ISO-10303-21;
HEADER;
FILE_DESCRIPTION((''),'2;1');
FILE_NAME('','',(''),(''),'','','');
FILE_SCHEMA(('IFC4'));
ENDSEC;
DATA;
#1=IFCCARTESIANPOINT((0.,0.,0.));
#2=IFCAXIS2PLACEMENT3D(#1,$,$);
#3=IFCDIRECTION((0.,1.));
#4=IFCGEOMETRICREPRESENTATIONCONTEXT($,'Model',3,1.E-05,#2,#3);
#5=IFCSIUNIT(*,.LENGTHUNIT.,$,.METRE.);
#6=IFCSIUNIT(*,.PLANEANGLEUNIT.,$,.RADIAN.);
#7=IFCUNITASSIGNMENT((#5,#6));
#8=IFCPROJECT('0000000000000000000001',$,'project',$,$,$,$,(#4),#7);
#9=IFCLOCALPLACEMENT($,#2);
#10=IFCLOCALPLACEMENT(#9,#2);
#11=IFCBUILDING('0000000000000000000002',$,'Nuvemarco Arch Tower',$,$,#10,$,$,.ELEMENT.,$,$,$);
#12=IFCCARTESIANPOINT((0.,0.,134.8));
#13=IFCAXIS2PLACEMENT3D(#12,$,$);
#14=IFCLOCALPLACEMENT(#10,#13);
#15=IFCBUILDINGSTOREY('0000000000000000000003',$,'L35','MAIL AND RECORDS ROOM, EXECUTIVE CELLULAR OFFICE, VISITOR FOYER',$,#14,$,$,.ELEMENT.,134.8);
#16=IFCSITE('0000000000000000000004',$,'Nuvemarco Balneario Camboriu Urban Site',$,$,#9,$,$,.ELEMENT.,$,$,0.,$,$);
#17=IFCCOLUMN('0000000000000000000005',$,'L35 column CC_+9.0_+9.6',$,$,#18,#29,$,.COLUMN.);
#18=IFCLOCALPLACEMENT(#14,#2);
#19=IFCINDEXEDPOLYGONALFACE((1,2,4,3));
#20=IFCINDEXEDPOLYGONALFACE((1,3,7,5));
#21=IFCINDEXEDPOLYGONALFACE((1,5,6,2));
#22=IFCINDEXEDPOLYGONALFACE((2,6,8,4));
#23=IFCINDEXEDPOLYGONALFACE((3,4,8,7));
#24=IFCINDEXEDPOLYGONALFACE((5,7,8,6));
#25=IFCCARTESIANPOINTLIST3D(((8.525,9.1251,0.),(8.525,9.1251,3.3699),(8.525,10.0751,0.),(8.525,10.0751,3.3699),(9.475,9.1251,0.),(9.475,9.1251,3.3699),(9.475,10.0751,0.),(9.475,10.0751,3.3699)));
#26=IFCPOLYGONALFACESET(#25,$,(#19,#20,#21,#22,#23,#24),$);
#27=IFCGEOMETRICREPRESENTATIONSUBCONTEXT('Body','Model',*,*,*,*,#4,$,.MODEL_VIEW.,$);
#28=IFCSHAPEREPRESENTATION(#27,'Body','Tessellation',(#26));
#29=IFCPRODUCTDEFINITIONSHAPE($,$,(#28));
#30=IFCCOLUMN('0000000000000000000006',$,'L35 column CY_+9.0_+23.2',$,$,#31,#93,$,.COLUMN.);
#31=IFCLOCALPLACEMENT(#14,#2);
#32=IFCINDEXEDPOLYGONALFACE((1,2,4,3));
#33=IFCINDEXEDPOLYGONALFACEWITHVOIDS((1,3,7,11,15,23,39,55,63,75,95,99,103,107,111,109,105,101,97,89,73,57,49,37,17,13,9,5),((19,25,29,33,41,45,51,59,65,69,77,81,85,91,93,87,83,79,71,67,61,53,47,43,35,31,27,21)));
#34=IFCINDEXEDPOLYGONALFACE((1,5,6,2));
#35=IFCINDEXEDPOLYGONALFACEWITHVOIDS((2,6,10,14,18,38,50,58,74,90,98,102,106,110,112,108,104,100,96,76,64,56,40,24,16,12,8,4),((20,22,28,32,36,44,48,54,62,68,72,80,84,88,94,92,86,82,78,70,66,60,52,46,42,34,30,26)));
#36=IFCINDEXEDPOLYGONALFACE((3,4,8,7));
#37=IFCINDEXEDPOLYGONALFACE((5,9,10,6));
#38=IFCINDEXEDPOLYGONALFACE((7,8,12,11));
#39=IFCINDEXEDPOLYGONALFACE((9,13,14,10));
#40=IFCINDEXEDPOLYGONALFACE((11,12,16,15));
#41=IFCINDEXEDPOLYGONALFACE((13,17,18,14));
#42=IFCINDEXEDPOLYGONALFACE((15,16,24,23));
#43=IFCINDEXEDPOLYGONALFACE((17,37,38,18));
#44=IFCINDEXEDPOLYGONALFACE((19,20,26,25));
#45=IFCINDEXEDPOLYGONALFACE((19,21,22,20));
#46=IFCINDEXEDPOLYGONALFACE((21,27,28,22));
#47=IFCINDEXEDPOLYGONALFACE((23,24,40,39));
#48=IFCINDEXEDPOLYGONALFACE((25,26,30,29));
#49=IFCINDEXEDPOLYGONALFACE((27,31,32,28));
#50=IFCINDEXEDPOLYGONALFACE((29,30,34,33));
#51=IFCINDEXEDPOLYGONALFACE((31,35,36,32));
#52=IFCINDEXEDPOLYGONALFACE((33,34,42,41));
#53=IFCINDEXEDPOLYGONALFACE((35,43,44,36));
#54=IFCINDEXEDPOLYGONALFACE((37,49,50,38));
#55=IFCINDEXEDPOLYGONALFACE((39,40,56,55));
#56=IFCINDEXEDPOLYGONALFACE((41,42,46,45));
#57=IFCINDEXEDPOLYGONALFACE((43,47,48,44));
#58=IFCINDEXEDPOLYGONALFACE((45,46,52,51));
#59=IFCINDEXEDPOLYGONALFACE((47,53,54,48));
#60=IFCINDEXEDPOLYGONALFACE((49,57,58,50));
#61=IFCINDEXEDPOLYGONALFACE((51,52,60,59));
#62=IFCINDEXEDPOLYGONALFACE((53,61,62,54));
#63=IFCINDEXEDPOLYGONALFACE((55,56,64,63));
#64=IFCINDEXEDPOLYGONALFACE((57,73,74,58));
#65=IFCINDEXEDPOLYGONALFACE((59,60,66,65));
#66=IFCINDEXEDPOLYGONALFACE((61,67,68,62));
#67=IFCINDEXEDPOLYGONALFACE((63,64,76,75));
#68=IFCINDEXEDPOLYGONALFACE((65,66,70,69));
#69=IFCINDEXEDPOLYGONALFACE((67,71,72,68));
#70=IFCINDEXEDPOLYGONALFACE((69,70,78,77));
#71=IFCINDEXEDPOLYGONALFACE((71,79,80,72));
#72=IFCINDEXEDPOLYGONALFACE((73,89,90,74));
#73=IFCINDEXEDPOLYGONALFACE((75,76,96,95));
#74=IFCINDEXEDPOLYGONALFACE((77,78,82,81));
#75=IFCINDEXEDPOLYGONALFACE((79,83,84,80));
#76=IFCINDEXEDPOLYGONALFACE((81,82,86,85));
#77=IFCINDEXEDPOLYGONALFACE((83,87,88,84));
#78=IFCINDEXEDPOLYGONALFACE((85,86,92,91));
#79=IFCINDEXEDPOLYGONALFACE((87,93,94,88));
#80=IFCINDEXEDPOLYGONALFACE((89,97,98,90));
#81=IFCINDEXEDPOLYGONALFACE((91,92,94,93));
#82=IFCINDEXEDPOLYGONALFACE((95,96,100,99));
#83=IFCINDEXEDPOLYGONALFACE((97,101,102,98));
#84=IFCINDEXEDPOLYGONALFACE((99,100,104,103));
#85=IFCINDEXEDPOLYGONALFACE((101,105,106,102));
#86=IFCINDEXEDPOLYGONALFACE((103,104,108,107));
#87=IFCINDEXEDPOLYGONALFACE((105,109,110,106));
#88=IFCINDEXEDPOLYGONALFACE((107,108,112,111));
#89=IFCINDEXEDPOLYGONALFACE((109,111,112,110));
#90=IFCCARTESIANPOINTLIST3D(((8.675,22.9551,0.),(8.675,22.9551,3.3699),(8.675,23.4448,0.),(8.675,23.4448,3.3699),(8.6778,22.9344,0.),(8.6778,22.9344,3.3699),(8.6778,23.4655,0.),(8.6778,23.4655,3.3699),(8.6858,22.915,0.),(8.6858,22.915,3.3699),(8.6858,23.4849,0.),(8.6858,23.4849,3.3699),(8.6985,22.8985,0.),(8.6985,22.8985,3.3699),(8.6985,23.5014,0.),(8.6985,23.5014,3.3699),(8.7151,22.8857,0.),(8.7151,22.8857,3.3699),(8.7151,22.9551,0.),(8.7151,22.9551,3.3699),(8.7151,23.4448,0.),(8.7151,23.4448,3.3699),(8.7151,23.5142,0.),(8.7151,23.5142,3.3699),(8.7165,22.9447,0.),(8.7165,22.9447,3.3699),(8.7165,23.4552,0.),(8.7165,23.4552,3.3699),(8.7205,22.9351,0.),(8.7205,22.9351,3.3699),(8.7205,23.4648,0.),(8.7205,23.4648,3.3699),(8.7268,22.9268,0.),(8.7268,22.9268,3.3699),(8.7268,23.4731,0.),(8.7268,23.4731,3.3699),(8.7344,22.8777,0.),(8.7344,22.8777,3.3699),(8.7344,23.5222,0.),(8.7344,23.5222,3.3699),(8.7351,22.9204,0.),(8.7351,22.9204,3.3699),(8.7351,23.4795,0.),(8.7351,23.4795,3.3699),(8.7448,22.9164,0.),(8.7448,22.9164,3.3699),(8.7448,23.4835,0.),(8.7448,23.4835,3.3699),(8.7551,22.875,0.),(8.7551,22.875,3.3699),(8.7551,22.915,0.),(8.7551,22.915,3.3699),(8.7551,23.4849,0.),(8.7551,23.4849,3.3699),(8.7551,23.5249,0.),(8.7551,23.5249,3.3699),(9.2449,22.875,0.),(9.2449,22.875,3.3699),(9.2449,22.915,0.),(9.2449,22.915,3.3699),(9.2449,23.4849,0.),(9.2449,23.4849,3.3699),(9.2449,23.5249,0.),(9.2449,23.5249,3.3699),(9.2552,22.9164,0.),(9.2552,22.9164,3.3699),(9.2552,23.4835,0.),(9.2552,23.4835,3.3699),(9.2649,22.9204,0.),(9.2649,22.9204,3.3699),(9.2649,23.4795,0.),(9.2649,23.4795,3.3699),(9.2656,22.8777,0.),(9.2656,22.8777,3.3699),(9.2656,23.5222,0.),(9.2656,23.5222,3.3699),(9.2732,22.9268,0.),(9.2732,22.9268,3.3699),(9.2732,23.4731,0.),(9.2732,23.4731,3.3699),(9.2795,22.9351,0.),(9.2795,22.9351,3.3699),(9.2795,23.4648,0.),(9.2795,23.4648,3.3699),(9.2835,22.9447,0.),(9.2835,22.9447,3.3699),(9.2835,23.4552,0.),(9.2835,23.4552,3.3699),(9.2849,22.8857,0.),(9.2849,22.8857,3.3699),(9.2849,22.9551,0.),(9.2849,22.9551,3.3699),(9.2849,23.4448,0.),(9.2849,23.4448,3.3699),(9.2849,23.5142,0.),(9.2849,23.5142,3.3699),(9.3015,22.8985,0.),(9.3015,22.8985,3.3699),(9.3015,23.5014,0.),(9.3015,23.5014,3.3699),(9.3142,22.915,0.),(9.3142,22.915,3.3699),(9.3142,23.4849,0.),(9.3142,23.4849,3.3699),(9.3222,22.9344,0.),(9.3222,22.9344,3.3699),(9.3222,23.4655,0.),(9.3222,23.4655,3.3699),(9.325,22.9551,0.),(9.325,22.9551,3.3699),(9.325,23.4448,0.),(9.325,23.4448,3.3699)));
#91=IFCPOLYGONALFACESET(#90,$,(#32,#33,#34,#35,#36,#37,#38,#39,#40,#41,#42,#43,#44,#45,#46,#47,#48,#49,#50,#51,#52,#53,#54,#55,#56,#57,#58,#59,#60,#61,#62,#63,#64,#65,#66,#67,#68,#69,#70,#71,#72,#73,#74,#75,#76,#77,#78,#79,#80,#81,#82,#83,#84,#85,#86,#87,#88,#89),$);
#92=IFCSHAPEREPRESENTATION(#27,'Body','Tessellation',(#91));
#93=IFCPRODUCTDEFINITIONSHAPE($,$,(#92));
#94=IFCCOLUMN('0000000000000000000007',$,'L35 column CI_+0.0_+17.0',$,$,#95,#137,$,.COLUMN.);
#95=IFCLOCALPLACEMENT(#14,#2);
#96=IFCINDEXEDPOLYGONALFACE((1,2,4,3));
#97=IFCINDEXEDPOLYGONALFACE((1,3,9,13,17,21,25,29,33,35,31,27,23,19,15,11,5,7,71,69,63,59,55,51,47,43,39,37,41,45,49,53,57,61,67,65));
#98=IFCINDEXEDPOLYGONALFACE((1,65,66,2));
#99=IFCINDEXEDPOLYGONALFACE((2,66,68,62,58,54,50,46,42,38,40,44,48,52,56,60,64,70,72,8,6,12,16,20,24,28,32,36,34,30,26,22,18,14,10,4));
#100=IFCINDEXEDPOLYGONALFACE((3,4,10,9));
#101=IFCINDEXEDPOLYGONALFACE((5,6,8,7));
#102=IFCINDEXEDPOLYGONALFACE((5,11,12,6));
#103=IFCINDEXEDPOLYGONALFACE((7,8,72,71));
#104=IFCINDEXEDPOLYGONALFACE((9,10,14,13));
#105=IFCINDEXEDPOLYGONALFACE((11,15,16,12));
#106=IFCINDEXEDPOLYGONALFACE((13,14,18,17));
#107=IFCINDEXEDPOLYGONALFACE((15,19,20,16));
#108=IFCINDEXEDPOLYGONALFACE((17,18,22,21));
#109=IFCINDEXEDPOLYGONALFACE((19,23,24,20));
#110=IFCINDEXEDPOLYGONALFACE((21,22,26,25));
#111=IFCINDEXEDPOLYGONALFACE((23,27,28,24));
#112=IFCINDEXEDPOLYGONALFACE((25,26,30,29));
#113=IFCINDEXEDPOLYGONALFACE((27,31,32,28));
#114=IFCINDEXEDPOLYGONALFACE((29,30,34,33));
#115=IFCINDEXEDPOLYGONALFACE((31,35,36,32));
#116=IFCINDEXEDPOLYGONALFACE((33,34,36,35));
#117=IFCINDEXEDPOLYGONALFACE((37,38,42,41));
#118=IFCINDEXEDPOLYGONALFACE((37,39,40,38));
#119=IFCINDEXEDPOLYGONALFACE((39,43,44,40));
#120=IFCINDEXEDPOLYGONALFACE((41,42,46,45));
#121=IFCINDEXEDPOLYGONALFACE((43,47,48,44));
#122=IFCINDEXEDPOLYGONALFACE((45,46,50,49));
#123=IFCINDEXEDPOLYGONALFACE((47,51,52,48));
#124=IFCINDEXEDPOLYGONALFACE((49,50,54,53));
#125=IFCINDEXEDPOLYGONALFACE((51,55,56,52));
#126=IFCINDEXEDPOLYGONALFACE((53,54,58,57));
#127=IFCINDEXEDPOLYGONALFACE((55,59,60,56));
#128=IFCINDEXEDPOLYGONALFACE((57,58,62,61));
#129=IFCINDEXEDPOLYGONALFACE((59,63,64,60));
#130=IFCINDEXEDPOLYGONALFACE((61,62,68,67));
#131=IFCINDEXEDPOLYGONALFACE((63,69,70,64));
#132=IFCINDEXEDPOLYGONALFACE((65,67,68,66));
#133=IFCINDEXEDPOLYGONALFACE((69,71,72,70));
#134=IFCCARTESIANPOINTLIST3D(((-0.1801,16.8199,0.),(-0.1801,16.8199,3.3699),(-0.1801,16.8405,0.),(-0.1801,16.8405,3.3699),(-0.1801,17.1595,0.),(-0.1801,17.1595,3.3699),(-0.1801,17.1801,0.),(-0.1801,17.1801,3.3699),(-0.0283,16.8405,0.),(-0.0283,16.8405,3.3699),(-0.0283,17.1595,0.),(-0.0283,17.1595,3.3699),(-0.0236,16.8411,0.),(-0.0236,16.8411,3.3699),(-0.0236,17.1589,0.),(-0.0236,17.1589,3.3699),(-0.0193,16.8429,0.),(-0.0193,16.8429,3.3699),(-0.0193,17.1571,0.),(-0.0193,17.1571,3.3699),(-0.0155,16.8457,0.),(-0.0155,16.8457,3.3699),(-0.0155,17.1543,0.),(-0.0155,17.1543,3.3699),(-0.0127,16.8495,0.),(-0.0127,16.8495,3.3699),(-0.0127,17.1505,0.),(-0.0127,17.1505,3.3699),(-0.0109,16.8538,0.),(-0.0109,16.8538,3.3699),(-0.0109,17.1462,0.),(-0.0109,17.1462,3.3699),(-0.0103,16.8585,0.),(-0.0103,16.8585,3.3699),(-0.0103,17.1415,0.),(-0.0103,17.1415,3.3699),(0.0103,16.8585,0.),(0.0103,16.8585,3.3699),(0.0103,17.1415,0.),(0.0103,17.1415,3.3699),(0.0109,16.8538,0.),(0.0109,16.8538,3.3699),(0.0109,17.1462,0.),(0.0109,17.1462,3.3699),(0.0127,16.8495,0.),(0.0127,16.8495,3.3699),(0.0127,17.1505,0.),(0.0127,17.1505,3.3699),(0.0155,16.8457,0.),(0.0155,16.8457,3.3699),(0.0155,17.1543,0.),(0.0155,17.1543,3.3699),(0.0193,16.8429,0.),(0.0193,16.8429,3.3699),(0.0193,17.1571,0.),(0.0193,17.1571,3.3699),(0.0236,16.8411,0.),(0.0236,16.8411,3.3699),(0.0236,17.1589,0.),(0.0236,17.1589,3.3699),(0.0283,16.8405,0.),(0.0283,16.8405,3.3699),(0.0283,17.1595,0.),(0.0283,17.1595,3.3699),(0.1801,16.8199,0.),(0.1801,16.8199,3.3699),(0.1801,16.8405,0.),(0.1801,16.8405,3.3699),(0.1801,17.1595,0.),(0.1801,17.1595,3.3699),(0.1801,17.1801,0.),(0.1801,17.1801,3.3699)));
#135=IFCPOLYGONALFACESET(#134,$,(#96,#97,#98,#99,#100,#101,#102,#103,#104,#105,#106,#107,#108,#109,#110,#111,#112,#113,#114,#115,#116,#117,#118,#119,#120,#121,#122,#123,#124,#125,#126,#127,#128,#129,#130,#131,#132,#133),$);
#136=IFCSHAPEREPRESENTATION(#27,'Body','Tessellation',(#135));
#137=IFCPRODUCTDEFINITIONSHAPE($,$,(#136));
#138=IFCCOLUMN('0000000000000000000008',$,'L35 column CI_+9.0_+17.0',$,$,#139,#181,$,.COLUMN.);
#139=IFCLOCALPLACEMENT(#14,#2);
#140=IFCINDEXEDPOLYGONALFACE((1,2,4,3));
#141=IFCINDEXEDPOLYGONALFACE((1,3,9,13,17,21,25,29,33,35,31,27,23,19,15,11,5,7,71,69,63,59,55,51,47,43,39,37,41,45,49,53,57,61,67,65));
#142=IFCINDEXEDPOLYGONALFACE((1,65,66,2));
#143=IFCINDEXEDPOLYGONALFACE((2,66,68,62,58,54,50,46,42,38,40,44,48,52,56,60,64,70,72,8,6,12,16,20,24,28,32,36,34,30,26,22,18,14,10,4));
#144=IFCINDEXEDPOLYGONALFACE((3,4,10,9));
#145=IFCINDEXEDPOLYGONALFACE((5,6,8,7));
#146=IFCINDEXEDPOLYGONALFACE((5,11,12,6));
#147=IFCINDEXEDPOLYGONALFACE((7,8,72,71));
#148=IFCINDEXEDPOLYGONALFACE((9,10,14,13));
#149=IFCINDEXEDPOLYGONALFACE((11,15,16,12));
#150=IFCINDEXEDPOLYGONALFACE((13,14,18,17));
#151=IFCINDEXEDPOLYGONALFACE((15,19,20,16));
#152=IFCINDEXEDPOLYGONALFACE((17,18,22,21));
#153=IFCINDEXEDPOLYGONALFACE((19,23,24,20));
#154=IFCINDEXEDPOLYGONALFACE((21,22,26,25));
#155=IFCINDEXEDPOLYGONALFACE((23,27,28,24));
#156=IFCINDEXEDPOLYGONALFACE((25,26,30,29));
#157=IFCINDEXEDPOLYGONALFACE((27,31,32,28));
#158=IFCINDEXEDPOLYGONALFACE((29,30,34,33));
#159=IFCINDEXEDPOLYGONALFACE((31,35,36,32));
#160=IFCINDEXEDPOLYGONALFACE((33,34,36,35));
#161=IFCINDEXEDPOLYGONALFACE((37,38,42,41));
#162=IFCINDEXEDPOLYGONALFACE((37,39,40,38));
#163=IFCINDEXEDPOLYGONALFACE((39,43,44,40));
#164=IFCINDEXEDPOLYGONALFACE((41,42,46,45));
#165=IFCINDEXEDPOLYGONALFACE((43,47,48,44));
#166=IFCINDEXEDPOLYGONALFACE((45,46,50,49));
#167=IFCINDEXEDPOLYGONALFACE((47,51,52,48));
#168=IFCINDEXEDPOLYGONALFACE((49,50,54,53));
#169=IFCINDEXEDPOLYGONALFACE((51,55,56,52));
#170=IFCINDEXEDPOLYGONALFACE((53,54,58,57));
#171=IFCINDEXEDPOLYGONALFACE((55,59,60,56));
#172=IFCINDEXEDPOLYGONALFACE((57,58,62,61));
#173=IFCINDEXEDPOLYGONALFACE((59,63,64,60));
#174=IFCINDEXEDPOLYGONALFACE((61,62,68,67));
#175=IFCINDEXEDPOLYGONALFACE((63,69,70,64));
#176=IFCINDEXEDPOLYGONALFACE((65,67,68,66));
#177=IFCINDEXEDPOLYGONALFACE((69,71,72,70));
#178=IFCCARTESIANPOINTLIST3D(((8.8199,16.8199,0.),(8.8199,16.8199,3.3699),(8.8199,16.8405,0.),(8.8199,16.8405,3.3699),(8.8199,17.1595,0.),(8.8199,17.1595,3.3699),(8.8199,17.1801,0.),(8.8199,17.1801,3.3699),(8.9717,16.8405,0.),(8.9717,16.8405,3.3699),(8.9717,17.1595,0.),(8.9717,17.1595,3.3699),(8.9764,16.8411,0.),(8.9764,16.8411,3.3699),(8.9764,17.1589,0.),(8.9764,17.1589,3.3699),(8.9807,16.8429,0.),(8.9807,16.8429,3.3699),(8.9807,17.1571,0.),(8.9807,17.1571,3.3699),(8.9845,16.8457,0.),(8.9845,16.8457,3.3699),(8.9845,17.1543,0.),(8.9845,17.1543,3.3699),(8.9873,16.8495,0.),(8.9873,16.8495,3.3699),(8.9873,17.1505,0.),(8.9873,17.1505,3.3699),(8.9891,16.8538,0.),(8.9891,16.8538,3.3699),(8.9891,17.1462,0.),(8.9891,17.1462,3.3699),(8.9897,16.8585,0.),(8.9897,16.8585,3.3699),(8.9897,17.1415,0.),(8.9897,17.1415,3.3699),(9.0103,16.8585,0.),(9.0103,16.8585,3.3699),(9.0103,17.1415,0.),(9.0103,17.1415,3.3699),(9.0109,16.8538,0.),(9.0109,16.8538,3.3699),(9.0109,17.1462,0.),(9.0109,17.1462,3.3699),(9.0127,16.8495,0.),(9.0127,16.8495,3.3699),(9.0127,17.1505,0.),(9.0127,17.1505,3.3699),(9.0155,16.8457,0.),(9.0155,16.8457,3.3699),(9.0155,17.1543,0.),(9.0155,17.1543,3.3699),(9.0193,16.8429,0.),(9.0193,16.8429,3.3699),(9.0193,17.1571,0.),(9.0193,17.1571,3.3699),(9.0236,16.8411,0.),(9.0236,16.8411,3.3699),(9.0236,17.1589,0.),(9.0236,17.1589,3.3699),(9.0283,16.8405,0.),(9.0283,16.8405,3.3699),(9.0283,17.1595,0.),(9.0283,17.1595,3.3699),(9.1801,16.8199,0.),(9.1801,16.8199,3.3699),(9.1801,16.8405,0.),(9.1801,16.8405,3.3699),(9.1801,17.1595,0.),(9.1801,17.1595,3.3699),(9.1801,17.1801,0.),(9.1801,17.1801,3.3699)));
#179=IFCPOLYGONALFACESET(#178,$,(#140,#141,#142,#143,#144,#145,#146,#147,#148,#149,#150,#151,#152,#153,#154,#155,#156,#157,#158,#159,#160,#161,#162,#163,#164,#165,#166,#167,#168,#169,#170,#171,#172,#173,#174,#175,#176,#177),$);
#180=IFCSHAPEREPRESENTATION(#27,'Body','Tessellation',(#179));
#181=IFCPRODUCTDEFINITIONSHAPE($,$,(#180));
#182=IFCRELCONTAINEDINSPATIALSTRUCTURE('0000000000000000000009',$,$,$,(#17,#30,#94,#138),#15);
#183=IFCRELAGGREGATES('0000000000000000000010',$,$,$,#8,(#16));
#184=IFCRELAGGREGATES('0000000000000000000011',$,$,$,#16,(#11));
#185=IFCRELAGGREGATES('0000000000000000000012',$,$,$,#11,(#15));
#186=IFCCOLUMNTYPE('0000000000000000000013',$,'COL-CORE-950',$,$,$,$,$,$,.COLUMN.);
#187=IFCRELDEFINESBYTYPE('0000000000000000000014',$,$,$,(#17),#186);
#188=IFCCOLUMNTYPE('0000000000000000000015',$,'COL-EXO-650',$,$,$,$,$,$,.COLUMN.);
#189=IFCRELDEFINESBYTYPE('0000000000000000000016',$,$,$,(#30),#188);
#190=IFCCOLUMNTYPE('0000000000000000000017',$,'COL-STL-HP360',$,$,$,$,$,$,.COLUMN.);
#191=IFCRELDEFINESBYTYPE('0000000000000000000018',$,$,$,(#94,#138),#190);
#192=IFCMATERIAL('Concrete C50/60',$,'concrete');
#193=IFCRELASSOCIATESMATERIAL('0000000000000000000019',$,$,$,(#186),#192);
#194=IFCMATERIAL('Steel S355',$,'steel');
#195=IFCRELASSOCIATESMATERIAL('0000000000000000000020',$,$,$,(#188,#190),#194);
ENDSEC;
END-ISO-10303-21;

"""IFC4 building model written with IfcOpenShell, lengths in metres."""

from ifc_helpers import new_model, si_unit, direction, frame, origin, origin_2d, place, context, subcontext, project, spatial, rectangle, hollow_rectangle, i_section, extrude, material, material_profile, profile_set, type_object, element, save


model = new_model("IFC4")

# Units and contexts
model_context = context("Model", 3, precision=1e-05, world=origin(), true_north=direction((0.0, 1.0)))
body_context = subcontext(model_context, "Body", "Model", "MODEL_VIEW")
ifc_project = project(units=[si_unit("LENGTHUNIT", "METRE"), si_unit("PLANEANGLEUNIT", "RADIAN")], contexts=[model_context])

# Site, building, storey
site_placement = place(None, origin())
site = spatial("IfcSite", under=ifc_project, at=site_placement, Name="Nuvemarco Balneario Camboriu Urban Site", CompositionType="ELEMENT", RefElevation=0.0)
building_placement = place(site_placement, origin())
building = spatial("IfcBuilding", under=site, at=building_placement, Name="Nuvemarco Arch Tower", CompositionType="ELEMENT")
storey_placement = place(building_placement, frame((0.0, 0.0, 134.8)))
storey = spatial("IfcBuildingStorey", under=building, at=storey_placement, Name="L35", Description="MAIL AND RECORDS ROOM, EXECUTIVE CELLULAR OFFICE, VISITOR FOYER", CompositionType="ELEMENT", Elevation=134.8)

# Columns
ifc_material_1 = material(Name="Concrete C50/60", Category="concrete")
ifc_material_profile_1 = material_profile(ifc_material_1, rectangle(XDim=0.95, YDim=0.95, at=origin_2d()), Name="RC-COL-950x950")
ifc_profile_set_1 = profile_set([ifc_material_profile_1], Name="Concrete C50/60")
column_type_1 = type_object("IfcColumnType", Name="COL-CORE-950", PredefinedType="COLUMN", material=ifc_profile_set_1)
column_1_placement = place(storey_placement, frame((9.0, 9.6001, 0.0), z_axis=(0.0, 0.0, 1.0), x_axis=(1.0, 0.0, 0.0)))
element("IfcColumn", 1, at=column_1_placement, inside=storey, type_object=column_type_1, Name="L35 column CC_+9.0_+9.6", PredefinedType="COLUMN", context=body_context, shape_type="SweptSolid", body=[
    extrude(rectangle(XDim=0.95, YDim=0.95, at=origin_2d()), origin(), (0.0, 0.0, 1.0), 3.3699),
])
ifc_material_2 = material(Name="Steel S355", Category="steel")
ifc_material_profile_2 = material_profile(ifc_material_2, hollow_rectangle(XDim=0.6499, YDim=0.6499, WallThickness=0.04, InnerFilletRadius=0.04, OuterFilletRadius=0.0801, at=origin_2d()), Name="SHS650x650x40")
ifc_profile_set_2 = profile_set([ifc_material_profile_2], Name="Steel S355")
column_type_2 = type_object("IfcColumnType", Name="COL-EXO-650", PredefinedType="COLUMN", material=ifc_profile_set_2)
column_2_placement = place(storey_placement, frame((9.0, 23.2, 0.0), z_axis=(0.0, 0.0, 1.0), x_axis=(1.0, 0.0, 0.0)))
element("IfcColumn", 2, at=column_2_placement, inside=storey, type_object=column_type_2, Name="L35 column CY_+9.0_+23.2", PredefinedType="COLUMN", context=body_context, shape_type="SweptSolid", body=[
    extrude(hollow_rectangle(XDim=0.6499, YDim=0.6499, WallThickness=0.04, InnerFilletRadius=0.04, OuterFilletRadius=0.0801, at=origin_2d()), origin(), (0.0, 0.0, 1.0), 3.3699),
])
ifc_material_profile_3 = material_profile(ifc_material_2, i_section(OverallWidth=0.3601, OverallDepth=0.3601, WebThickness=0.0205, FlangeThickness=0.0205, FilletRadius=0.0181, at=origin_2d()), Name="HP360x174")
ifc_profile_set_3 = profile_set([ifc_material_profile_3], Name="Steel S355")
column_type_3 = type_object("IfcColumnType", Name="COL-STL-HP360", PredefinedType="COLUMN", material=ifc_profile_set_3)
for number, where, z_axis, x_axis, name in (
    (3, (0.0, 17.0, 0.0), (0.0, 0.0, 1.0), (1.0, 0.0, 0.0), "L35 column CI_+0.0_+17.0"),
    (4, (9.0, 17.0, 0.0), (0.0, 0.0, 1.0), (1.0, 0.0, 0.0), "L35 column CI_+9.0_+17.0"),
):
    element("IfcColumn", number, at=place(storey_placement, frame(where, z_axis=z_axis, x_axis=x_axis)), inside=storey, type_object=column_type_3, Name=name, PredefinedType="COLUMN", context=body_context, shape_type="SweptSolid", body=[
        extrude(i_section(OverallWidth=0.3601, OverallDepth=0.3601, WebThickness=0.0205, FlangeThickness=0.0205, FilletRadius=0.0181, at=origin_2d()), origin(), (0.0, 0.0, 1.0), 3.3699),
    ])

save(model, "model.ifc")
